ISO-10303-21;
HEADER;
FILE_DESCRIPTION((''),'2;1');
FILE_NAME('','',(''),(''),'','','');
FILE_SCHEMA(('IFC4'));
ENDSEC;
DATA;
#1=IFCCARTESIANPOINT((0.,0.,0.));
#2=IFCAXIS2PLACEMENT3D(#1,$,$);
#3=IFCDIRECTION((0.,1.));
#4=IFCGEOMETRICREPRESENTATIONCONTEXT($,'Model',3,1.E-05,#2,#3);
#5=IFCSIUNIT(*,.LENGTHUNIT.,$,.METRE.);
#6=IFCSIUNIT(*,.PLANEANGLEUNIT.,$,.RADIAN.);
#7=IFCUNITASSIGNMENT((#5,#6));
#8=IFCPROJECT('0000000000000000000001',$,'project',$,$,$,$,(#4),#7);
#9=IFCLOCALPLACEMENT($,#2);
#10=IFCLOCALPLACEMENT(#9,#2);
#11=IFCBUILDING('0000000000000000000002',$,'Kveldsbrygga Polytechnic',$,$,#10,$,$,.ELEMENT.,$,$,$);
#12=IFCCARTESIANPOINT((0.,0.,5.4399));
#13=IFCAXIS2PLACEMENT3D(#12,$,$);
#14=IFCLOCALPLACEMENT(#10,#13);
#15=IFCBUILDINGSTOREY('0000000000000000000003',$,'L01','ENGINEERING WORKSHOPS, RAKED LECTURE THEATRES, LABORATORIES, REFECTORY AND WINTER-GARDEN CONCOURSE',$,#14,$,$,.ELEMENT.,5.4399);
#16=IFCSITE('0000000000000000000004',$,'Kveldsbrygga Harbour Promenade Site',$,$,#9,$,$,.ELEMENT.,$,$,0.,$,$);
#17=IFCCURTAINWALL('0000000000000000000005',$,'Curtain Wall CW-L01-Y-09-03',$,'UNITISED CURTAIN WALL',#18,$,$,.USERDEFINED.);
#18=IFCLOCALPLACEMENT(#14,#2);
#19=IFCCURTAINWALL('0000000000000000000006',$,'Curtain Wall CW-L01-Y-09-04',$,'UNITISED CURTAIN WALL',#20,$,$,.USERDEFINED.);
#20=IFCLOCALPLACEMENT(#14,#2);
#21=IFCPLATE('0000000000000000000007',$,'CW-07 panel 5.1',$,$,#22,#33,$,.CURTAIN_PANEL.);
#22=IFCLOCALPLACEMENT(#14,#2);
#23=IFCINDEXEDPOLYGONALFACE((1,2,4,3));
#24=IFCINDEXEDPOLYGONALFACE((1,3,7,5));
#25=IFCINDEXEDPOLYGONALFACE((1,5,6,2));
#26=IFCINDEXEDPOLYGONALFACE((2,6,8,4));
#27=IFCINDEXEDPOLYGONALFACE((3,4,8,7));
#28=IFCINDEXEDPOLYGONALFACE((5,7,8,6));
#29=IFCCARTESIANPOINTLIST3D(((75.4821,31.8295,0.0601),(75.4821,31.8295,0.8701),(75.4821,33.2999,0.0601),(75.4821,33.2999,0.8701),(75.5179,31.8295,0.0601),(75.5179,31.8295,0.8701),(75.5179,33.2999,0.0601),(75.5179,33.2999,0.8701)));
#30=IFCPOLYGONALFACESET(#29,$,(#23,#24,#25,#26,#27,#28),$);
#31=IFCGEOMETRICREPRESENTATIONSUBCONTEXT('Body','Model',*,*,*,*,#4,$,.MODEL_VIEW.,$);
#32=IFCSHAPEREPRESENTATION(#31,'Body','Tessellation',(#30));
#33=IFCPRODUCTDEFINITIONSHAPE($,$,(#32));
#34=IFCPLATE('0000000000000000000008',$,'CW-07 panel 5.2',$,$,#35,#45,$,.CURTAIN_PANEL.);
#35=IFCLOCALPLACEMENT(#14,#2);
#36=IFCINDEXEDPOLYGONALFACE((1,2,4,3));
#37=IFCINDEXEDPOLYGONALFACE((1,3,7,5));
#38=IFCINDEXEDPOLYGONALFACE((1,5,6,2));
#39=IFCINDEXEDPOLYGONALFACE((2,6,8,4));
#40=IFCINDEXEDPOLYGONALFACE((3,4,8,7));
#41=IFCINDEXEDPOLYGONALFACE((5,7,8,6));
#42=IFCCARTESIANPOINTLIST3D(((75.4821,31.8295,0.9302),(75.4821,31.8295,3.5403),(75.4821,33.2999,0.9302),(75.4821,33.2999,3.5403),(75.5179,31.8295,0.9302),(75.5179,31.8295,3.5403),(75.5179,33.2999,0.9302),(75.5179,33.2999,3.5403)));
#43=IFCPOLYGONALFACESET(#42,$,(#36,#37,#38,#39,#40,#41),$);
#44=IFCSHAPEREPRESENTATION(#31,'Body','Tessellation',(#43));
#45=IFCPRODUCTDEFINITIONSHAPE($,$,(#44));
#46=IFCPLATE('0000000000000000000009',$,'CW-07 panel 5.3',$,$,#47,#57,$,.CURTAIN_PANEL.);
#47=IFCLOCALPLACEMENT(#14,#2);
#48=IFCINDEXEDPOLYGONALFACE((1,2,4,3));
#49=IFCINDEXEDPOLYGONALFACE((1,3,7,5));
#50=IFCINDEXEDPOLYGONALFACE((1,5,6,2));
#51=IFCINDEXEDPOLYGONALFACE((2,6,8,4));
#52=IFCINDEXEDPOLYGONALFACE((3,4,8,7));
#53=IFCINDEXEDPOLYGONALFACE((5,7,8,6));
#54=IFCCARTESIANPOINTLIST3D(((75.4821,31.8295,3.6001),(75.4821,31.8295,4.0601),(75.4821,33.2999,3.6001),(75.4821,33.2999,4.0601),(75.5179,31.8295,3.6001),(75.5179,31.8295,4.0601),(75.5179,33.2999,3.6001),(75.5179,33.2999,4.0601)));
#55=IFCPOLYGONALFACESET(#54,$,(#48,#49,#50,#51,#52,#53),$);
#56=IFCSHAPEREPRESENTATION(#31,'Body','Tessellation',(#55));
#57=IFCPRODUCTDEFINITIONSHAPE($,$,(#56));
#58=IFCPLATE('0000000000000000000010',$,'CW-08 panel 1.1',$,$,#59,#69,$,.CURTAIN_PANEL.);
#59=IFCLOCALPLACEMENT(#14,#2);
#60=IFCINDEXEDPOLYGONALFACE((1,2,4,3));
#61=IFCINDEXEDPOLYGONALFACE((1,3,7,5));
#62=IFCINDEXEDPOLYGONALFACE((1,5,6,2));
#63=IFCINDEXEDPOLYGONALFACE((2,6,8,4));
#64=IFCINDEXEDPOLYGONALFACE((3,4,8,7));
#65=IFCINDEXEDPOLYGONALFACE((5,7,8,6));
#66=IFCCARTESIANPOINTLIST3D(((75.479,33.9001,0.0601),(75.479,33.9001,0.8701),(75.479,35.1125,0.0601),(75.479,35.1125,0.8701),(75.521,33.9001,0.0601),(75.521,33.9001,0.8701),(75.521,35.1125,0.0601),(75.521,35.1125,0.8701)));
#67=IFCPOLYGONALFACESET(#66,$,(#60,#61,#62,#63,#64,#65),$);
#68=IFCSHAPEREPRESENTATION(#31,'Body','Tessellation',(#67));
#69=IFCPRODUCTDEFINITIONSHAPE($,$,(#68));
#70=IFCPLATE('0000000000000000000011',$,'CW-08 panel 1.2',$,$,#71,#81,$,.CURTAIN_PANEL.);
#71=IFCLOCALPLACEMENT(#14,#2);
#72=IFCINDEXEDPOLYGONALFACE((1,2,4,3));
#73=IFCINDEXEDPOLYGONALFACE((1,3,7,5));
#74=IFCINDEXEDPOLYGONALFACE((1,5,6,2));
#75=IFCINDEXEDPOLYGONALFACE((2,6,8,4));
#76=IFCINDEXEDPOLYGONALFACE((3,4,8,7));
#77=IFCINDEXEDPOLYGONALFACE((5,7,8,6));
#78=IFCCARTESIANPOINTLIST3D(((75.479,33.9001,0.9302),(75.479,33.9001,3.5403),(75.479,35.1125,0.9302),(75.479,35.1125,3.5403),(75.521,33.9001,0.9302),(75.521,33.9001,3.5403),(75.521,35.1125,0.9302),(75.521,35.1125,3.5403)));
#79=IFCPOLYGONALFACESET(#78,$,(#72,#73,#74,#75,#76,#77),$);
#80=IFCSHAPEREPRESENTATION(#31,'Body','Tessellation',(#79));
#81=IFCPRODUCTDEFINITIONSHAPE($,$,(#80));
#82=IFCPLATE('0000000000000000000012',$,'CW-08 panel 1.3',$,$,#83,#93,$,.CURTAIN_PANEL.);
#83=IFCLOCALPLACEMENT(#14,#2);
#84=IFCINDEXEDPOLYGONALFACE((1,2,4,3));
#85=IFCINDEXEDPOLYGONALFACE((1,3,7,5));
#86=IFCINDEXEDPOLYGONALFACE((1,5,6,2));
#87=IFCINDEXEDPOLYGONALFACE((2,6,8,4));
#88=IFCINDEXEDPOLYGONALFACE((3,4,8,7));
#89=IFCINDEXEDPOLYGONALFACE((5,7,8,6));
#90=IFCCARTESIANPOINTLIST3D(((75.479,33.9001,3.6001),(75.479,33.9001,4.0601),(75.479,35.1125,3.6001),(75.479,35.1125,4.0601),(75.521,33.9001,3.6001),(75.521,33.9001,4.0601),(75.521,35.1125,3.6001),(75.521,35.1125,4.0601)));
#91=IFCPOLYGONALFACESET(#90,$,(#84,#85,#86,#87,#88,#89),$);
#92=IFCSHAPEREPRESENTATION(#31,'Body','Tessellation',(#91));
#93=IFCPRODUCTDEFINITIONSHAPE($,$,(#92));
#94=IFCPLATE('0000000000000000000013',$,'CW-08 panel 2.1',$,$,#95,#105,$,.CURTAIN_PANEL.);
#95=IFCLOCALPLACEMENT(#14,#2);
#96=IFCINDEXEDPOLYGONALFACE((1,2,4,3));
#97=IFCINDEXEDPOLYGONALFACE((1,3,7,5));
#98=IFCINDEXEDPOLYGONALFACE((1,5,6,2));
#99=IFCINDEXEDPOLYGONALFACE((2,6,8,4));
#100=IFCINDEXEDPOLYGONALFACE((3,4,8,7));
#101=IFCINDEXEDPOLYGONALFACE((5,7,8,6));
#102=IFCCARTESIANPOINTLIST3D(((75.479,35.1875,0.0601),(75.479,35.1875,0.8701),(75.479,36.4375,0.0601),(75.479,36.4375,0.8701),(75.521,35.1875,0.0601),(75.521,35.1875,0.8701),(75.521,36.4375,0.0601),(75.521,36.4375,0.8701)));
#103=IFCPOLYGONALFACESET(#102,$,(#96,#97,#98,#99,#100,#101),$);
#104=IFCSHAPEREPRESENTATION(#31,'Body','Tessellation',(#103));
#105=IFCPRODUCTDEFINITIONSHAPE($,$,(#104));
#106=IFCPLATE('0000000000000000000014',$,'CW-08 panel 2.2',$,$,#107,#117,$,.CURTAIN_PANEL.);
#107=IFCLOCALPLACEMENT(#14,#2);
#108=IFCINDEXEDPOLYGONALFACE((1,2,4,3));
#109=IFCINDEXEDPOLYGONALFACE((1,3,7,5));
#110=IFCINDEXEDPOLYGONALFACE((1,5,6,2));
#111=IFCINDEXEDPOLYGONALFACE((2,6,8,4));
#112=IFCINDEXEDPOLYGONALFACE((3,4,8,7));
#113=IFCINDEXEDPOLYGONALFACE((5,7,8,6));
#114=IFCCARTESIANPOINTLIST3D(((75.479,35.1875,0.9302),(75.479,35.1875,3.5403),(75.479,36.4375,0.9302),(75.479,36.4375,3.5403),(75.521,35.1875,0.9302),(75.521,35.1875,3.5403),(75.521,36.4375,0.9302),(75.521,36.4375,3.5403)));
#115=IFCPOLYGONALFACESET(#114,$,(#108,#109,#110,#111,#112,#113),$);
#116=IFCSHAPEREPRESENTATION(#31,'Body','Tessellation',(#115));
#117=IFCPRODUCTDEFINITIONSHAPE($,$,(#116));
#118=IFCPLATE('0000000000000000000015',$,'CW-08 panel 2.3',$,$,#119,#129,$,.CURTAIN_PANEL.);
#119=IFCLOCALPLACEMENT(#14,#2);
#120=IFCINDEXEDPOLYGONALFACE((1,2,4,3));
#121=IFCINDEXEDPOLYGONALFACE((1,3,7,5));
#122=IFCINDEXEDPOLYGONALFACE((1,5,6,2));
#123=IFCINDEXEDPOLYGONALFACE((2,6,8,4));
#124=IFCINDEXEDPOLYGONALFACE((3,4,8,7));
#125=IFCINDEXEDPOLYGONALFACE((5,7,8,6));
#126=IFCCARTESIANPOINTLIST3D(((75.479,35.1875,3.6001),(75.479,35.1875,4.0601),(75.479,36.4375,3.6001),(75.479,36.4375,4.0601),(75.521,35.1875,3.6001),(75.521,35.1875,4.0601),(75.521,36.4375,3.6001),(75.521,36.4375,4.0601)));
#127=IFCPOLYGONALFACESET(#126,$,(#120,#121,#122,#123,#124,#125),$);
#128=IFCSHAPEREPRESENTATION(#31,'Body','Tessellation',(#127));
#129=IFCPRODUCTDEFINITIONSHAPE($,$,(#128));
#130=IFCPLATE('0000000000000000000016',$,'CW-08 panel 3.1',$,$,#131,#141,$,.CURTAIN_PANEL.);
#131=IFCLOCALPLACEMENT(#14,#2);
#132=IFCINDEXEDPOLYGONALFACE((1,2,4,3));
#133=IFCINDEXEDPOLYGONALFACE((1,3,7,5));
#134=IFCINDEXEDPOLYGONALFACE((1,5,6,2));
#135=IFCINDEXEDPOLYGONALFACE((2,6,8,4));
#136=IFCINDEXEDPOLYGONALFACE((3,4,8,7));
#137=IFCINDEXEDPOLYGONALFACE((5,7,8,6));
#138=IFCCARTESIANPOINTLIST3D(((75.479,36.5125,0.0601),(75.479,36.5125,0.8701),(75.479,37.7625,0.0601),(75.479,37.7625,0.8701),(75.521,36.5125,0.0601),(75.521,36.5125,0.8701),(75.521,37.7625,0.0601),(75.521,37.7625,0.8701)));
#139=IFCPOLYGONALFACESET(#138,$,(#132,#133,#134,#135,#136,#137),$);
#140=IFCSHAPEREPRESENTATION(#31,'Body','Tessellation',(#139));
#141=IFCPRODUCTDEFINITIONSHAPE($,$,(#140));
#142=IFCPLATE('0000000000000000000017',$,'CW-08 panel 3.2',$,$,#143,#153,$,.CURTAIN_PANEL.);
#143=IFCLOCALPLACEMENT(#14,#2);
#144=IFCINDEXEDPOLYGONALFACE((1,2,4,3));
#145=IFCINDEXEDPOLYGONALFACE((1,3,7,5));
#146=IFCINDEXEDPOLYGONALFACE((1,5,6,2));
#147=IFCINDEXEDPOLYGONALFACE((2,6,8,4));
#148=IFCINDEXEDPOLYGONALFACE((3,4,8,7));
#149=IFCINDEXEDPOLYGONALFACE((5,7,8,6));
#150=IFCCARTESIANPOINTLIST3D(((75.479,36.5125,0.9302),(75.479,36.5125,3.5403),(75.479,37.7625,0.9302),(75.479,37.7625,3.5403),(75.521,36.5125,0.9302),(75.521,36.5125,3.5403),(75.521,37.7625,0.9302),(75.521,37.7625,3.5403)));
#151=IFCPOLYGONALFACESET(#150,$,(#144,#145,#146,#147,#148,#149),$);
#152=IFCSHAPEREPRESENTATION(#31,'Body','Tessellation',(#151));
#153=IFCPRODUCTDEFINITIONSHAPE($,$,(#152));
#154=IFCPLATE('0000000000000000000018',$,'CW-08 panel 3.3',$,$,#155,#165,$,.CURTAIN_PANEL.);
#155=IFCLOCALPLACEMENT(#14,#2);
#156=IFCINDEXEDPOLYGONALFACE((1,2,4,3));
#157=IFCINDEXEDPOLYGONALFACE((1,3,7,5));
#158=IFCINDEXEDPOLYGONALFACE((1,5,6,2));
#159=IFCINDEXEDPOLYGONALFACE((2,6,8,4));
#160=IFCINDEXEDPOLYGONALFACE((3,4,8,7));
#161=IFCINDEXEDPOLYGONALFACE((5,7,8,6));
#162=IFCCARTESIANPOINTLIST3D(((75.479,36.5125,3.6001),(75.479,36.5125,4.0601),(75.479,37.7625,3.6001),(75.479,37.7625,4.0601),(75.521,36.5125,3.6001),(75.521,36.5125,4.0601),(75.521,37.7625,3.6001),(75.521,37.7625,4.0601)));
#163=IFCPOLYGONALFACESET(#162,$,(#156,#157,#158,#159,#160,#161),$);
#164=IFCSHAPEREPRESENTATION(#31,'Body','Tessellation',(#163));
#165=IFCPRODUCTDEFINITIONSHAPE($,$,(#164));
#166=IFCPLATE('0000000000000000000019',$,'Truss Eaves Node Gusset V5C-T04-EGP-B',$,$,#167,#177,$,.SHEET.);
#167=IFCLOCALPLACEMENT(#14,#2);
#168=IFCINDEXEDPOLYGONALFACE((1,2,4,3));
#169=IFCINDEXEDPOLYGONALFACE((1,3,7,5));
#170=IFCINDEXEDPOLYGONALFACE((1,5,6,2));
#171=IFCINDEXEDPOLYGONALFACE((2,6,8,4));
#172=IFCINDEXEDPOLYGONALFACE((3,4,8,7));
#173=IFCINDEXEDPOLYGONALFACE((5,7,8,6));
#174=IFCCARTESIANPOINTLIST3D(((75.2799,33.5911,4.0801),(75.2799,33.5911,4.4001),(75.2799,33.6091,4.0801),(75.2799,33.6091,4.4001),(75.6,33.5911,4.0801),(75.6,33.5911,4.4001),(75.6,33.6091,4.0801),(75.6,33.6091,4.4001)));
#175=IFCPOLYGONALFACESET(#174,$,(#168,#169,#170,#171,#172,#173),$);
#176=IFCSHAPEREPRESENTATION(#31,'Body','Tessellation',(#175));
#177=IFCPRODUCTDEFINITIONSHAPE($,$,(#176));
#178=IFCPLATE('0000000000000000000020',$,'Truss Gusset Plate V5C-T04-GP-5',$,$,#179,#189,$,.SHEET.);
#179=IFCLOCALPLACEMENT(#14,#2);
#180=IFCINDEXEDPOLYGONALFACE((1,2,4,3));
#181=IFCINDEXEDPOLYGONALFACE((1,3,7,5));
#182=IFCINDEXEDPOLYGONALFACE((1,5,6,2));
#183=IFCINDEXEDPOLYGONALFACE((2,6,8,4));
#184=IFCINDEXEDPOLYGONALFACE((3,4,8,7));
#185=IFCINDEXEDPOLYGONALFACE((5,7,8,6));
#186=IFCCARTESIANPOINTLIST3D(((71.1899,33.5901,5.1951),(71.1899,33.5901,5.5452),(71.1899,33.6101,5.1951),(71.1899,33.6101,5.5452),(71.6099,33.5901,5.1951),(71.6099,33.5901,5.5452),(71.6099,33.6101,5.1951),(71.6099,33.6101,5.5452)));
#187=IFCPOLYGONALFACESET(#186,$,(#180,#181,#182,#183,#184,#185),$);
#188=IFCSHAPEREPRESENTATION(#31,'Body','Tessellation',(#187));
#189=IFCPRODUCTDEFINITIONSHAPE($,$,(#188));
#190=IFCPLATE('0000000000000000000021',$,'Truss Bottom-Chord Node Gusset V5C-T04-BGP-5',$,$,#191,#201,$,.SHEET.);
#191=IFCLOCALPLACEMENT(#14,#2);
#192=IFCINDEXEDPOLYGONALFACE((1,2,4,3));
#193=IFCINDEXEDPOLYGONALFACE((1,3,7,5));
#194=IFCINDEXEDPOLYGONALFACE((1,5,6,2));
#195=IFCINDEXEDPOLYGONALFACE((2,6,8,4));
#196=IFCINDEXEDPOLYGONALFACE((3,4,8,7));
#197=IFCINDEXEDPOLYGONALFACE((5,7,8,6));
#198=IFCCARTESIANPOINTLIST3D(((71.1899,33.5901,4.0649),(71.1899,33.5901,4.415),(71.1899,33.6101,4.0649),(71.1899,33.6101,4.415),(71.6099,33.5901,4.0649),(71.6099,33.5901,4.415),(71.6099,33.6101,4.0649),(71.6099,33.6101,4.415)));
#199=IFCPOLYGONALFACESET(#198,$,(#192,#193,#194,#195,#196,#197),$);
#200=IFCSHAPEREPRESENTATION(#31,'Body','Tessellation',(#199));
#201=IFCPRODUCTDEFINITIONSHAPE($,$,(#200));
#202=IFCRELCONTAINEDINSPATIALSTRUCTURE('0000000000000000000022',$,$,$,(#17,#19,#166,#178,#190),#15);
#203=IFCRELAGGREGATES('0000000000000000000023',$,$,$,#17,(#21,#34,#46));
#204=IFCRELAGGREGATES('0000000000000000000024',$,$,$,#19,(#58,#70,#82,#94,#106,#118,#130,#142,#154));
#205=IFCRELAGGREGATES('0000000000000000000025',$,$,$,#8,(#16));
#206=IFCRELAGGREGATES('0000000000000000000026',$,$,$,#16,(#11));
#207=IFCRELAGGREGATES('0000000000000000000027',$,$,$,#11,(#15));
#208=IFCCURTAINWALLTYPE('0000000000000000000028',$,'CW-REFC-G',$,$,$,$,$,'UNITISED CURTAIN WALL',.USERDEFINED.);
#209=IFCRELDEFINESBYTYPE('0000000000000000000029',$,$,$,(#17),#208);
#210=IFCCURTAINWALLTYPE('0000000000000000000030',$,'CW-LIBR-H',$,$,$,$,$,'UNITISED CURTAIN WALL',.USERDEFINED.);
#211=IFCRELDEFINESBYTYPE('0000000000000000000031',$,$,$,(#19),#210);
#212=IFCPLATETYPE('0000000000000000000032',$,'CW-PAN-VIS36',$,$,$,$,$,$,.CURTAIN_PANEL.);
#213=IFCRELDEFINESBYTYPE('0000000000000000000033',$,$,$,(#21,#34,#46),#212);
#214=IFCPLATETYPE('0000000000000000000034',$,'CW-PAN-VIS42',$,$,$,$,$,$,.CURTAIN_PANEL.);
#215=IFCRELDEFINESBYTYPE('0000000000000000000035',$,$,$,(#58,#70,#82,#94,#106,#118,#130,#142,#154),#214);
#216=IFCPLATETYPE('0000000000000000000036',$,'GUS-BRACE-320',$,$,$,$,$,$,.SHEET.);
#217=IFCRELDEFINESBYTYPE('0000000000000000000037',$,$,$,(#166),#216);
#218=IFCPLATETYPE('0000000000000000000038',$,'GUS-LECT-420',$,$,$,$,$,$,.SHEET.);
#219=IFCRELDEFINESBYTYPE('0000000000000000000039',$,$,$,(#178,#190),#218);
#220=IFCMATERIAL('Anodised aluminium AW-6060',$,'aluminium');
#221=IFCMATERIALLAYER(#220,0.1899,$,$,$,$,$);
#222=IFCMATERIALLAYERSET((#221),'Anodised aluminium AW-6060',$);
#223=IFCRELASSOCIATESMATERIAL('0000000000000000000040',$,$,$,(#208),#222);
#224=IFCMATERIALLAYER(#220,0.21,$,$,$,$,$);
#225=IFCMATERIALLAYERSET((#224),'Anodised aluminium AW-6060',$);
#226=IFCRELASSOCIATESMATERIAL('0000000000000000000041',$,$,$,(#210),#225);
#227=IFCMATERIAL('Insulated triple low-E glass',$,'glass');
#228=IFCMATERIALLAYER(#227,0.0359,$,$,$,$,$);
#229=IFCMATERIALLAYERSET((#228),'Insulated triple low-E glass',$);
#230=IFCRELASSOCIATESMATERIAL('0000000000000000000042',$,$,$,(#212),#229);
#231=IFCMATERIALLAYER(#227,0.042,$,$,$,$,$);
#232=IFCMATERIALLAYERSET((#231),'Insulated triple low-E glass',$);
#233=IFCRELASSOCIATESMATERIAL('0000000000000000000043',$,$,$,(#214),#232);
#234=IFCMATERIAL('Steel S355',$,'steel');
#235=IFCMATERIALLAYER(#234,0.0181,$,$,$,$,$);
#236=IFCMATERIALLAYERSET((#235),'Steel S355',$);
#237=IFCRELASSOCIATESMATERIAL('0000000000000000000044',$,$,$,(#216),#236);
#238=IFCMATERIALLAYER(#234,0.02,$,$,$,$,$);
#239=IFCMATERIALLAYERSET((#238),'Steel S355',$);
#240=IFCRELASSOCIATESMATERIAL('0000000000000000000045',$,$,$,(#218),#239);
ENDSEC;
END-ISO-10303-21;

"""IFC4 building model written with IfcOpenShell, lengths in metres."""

from ifc_helpers import new_model, si_unit, direction, frame, origin, origin_2d, place, context, subcontext, project, spatial, rectangle, extrude, material, layer, layer_set, type_object, element, aggregate, save


model = new_model("IFC4")

# Units and contexts
model_context = context("Model", 3, precision=1e-05, world=origin(), true_north=direction((0.0, 1.0)))
body_context = subcontext(model_context, "Body", "Model", "MODEL_VIEW")
ifc_project = project(units=[si_unit("LENGTHUNIT", "METRE"), si_unit("PLANEANGLEUNIT", "RADIAN")], contexts=[model_context])

# Site, building, storey
site_placement = place(None, origin())
site = spatial("IfcSite", under=ifc_project, at=site_placement, Name="Kveldsbrygga Harbour Promenade Site", CompositionType="ELEMENT", RefElevation=0.0)
building_placement = place(site_placement, origin())
building = spatial("IfcBuilding", under=site, at=building_placement, Name="Kveldsbrygga Polytechnic", CompositionType="ELEMENT")
storey_placement = place(building_placement, frame((0.0, 0.0, 5.4399)))
storey = spatial("IfcBuildingStorey", under=building, at=storey_placement, Name="L01", Description="ENGINEERING WORKSHOPS, RAKED LECTURE THEATRES, LABORATORIES, REFECTORY AND WINTER-GARDEN CONCOURSE", CompositionType="ELEMENT", Elevation=5.4399)

# Curtain wall
ifc_material_1 = material(Name="Anodised aluminium AW-6060", Category="aluminium")
ifc_layer_1 = layer(ifc_material_1, 0.1899)
ifc_layer_set_1 = layer_set([ifc_layer_1], Name="Anodised aluminium AW-6060")
curtain_wall_type_1 = type_object("IfcCurtainWallType", Name="CW-REFC-G", ElementType="UNITISED CURTAIN WALL", PredefinedType="USERDEFINED", material=ifc_layer_set_1)
curtain_wall_1_placement = place(storey_placement, origin())
curtain_wall_1 = element("IfcCurtainWall", 1, at=curtain_wall_1_placement, inside=storey, type_object=curtain_wall_type_1, Name="Curtain Wall CW-L01-Y-09-03", ObjectType="UNITISED CURTAIN WALL", PredefinedType="USERDEFINED")

# Curtain wall
ifc_layer_2 = layer(ifc_material_1, 0.21)
ifc_layer_set_2 = layer_set([ifc_layer_2], Name="Anodised aluminium AW-6060")
curtain_wall_type_2 = type_object("IfcCurtainWallType", Name="CW-LIBR-H", ElementType="UNITISED CURTAIN WALL", PredefinedType="USERDEFINED", material=ifc_layer_set_2)
curtain_wall_2_placement = place(storey_placement, origin())
curtain_wall_2 = element("IfcCurtainWall", 2, at=curtain_wall_2_placement, inside=storey, type_object=curtain_wall_type_2, Name="Curtain Wall CW-L01-Y-09-04", ObjectType="UNITISED CURTAIN WALL", PredefinedType="USERDEFINED")

# Shared definitions
ifc_material_2 = material(Name="Steel S355", Category="steel")

# Plates
ifc_material_3 = material(Name="Insulated triple low-E glass", Category="glass")
ifc_layer_3 = layer(ifc_material_3, 0.0359)
ifc_layer_set_3 = layer_set([ifc_layer_3], Name="Insulated triple low-E glass")
plate_type_1 = type_object("IfcPlateType", Name="CW-PAN-VIS36", PredefinedType="CURTAIN_PANEL", material=ifc_layer_set_3)
plate_1_placement = place(storey_placement, frame((75.5, 32.5647, 0.0601), z_axis=(0.0, 0.0, 1.0), x_axis=(0.0, 1.0, 0.0)))
plate_1 = element("IfcPlate", 3, at=plate_1_placement, type_object=plate_type_1, Name="CW-07 panel 5.1", PredefinedType="CURTAIN_PANEL", context=body_context, shape_type="SweptSolid", body=[
    extrude(rectangle(XDim=1.4705, YDim=0.0359, at=origin_2d()), origin(), (0.0, 0.0, 1.0), 0.8101),
])
plate_2_placement = place(storey_placement, frame((75.5, 32.5647, 0.9302), z_axis=(0.0, 0.0, 1.0), x_axis=(0.0, 1.0, 0.0)))
plate_2 = element("IfcPlate", 4, at=plate_2_placement, type_object=plate_type_1, Name="CW-07 panel 5.2", PredefinedType="CURTAIN_PANEL", context=body_context, shape_type="SweptSolid", body=[
    extrude(rectangle(XDim=1.4705, YDim=0.0359, at=origin_2d()), origin(), (0.0, 0.0, 1.0), 2.6101),
])
plate_3_placement = place(storey_placement, frame((75.5, 32.5647, 3.6001), z_axis=(0.0, 0.0, 1.0), x_axis=(0.0, 1.0, 0.0)))
plate_3 = element("IfcPlate", 5, at=plate_3_placement, type_object=plate_type_1, Name="CW-07 panel 5.3", PredefinedType="CURTAIN_PANEL", context=body_context, shape_type="SweptSolid", body=[
    extrude(rectangle(XDim=1.4705, YDim=0.0359, at=origin_2d()), origin(), (0.0, 0.0, 1.0), 0.46),
])
aggregate(curtain_wall_1, [plate_1, plate_2, plate_3])
ifc_layer_4 = layer(ifc_material_3, 0.042)
ifc_layer_set_4 = layer_set([ifc_layer_4], Name="Insulated triple low-E glass")
plate_type_2 = type_object("IfcPlateType", Name="CW-PAN-VIS42", PredefinedType="CURTAIN_PANEL", material=ifc_layer_set_4)
plate_4_placement = place(storey_placement, frame((75.5, 34.5063, 0.0601), z_axis=(0.0, 0.0, 1.0), x_axis=(0.0, 1.0, 0.0)))
plate_4 = element("IfcPlate", 6, at=plate_4_placement, type_object=plate_type_2, Name="CW-08 panel 1.1", PredefinedType="CURTAIN_PANEL", context=body_context, shape_type="SweptSolid", body=[
    extrude(rectangle(XDim=1.2124, YDim=0.042, at=origin_2d()), origin(), (0.0, 0.0, 1.0), 0.8101),
])
plate_5_placement = place(storey_placement, frame((75.5, 34.5063, 0.9302), z_axis=(0.0, 0.0, 1.0), x_axis=(0.0, 1.0, 0.0)))
plate_5 = element("IfcPlate", 7, at=plate_5_placement, type_object=plate_type_2, Name="CW-08 panel 1.2", PredefinedType="CURTAIN_PANEL", context=body_context, shape_type="SweptSolid", body=[
    extrude(rectangle(XDim=1.2124, YDim=0.042, at=origin_2d()), origin(), (0.0, 0.0, 1.0), 2.6101),
])
plate_6_placement = place(storey_placement, frame((75.5, 34.5063, 3.6001), z_axis=(0.0, 0.0, 1.0), x_axis=(0.0, 1.0, 0.0)))
plate_6 = element("IfcPlate", 8, at=plate_6_placement, type_object=plate_type_2, Name="CW-08 panel 1.3", PredefinedType="CURTAIN_PANEL", context=body_context, shape_type="SweptSolid", body=[
    extrude(rectangle(XDim=1.2124, YDim=0.042, at=origin_2d()), origin(), (0.0, 0.0, 1.0), 0.46),
])
plate_7_placement = place(storey_placement, frame((75.5, 35.8125, 0.0601), z_axis=(0.0, 0.0, 1.0), x_axis=(0.0, 1.0, 0.0)))
plate_7 = element("IfcPlate", 9, at=plate_7_placement, type_object=plate_type_2, Name="CW-08 panel 2.1", PredefinedType="CURTAIN_PANEL", context=body_context, shape_type="SweptSolid", body=[
    extrude(rectangle(XDim=1.25, YDim=0.042, at=origin_2d()), origin(), (0.0, 0.0, 1.0), 0.8101),
])
plate_8_placement = place(storey_placement, frame((75.5, 35.8125, 0.9302), z_axis=(0.0, 0.0, 1.0), x_axis=(0.0, 1.0, 0.0)))
plate_8 = element("IfcPlate", 10, at=plate_8_placement, type_object=plate_type_2, Name="CW-08 panel 2.2", PredefinedType="CURTAIN_PANEL", context=body_context, shape_type="SweptSolid", body=[
    extrude(rectangle(XDim=1.25, YDim=0.042, at=origin_2d()), origin(), (0.0, 0.0, 1.0), 2.6101),
])
plate_9_placement = place(storey_placement, frame((75.5, 35.8125, 3.6001), z_axis=(0.0, 0.0, 1.0), x_axis=(0.0, 1.0, 0.0)))
plate_9 = element("IfcPlate", 11, at=plate_9_placement, type_object=plate_type_2, Name="CW-08 panel 2.3", PredefinedType="CURTAIN_PANEL", context=body_context, shape_type="SweptSolid", body=[
    extrude(rectangle(XDim=1.25, YDim=0.042, at=origin_2d()), origin(), (0.0, 0.0, 1.0), 0.46),
])
plate_10_placement = place(storey_placement, frame((75.5, 37.1375, 0.0601), z_axis=(0.0, 0.0, 1.0), x_axis=(0.0, 1.0, 0.0)))
plate_10 = element("IfcPlate", 12, at=plate_10_placement, type_object=plate_type_2, Name="CW-08 panel 3.1", PredefinedType="CURTAIN_PANEL", context=body_context, shape_type="SweptSolid", body=[
    extrude(rectangle(XDim=1.25, YDim=0.042, at=origin_2d()), origin(), (0.0, 0.0, 1.0), 0.8101),
])
plate_11_placement = place(storey_placement, frame((75.5, 37.1375, 0.9302), z_axis=(0.0, 0.0, 1.0), x_axis=(0.0, 1.0, 0.0)))
plate_11 = element("IfcPlate", 13, at=plate_11_placement, type_object=plate_type_2, Name="CW-08 panel 3.2", PredefinedType="CURTAIN_PANEL", context=body_context, shape_type="SweptSolid", body=[
    extrude(rectangle(XDim=1.25, YDim=0.042, at=origin_2d()), origin(), (0.0, 0.0, 1.0), 2.6101),
])
plate_12_placement = place(storey_placement, frame((75.5, 37.1375, 3.6001), z_axis=(0.0, 0.0, 1.0), x_axis=(0.0, 1.0, 0.0)))
plate_12 = element("IfcPlate", 14, at=plate_12_placement, type_object=plate_type_2, Name="CW-08 panel 3.3", PredefinedType="CURTAIN_PANEL", context=body_context, shape_type="SweptSolid", body=[
    extrude(rectangle(XDim=1.25, YDim=0.042, at=origin_2d()), origin(), (0.0, 0.0, 1.0), 0.46),
])
aggregate(curtain_wall_2, [plate_4, plate_5, plate_6, plate_7, plate_8, plate_9, plate_10, plate_11, plate_12])

# Plates
ifc_layer_5 = layer(ifc_material_2, 0.0181)
ifc_layer_set_5 = layer_set([ifc_layer_5], Name="Steel S355")
plate_type_3 = type_object("IfcPlateType", Name="GUS-BRACE-320", PredefinedType="SHEET", material=ifc_layer_set_5)
plate_13_placement = place(storey_placement, frame((75.4399, 33.6001, 4.0801), z_axis=(0.0, 0.0, 1.0), x_axis=(1.0, 0.0, 0.0)))
element("IfcPlate", 15, at=plate_13_placement, inside=storey, type_object=plate_type_3, Name="Truss Eaves Node Gusset V5C-T04-EGP-B", PredefinedType="SHEET", context=body_context, shape_type="SweptSolid", body=[
    extrude(rectangle(XDim=0.3201, YDim=0.0181, at=origin_2d()), origin(), (0.0, 0.0, 1.0), 0.3201),
])
ifc_layer_6 = layer(ifc_material_2, 0.02)
ifc_layer_set_6 = layer_set([ifc_layer_6], Name="Steel S355")
plate_type_4 = type_object("IfcPlateType", Name="GUS-LECT-420", PredefinedType="SHEET", material=ifc_layer_set_6)
for number, where, z_axis, x_axis, name in (
    (16, (71.3999, 33.6001, 5.1951), (0.0, 0.0, 1.0), (1.0, 0.0, 0.0), "Truss Gusset Plate V5C-T04-GP-5"),
    (17, (71.3999, 33.6001, 4.0649), (0.0, 0.0, 1.0), (1.0, 0.0, 0.0), "Truss Bottom-Chord Node Gusset V5C-T04-BGP-5"),
):
    element("IfcPlate", number, at=place(storey_placement, frame(where, z_axis=z_axis, x_axis=x_axis)), inside=storey, type_object=plate_type_4, Name=name, PredefinedType="SHEET", context=body_context, shape_type="SweptSolid", body=[
        extrude(rectangle(XDim=0.4199, YDim=0.02, at=origin_2d()), origin(), (0.0, 0.0, 1.0), 0.3501),
    ])

save(model, "model.ifc")
